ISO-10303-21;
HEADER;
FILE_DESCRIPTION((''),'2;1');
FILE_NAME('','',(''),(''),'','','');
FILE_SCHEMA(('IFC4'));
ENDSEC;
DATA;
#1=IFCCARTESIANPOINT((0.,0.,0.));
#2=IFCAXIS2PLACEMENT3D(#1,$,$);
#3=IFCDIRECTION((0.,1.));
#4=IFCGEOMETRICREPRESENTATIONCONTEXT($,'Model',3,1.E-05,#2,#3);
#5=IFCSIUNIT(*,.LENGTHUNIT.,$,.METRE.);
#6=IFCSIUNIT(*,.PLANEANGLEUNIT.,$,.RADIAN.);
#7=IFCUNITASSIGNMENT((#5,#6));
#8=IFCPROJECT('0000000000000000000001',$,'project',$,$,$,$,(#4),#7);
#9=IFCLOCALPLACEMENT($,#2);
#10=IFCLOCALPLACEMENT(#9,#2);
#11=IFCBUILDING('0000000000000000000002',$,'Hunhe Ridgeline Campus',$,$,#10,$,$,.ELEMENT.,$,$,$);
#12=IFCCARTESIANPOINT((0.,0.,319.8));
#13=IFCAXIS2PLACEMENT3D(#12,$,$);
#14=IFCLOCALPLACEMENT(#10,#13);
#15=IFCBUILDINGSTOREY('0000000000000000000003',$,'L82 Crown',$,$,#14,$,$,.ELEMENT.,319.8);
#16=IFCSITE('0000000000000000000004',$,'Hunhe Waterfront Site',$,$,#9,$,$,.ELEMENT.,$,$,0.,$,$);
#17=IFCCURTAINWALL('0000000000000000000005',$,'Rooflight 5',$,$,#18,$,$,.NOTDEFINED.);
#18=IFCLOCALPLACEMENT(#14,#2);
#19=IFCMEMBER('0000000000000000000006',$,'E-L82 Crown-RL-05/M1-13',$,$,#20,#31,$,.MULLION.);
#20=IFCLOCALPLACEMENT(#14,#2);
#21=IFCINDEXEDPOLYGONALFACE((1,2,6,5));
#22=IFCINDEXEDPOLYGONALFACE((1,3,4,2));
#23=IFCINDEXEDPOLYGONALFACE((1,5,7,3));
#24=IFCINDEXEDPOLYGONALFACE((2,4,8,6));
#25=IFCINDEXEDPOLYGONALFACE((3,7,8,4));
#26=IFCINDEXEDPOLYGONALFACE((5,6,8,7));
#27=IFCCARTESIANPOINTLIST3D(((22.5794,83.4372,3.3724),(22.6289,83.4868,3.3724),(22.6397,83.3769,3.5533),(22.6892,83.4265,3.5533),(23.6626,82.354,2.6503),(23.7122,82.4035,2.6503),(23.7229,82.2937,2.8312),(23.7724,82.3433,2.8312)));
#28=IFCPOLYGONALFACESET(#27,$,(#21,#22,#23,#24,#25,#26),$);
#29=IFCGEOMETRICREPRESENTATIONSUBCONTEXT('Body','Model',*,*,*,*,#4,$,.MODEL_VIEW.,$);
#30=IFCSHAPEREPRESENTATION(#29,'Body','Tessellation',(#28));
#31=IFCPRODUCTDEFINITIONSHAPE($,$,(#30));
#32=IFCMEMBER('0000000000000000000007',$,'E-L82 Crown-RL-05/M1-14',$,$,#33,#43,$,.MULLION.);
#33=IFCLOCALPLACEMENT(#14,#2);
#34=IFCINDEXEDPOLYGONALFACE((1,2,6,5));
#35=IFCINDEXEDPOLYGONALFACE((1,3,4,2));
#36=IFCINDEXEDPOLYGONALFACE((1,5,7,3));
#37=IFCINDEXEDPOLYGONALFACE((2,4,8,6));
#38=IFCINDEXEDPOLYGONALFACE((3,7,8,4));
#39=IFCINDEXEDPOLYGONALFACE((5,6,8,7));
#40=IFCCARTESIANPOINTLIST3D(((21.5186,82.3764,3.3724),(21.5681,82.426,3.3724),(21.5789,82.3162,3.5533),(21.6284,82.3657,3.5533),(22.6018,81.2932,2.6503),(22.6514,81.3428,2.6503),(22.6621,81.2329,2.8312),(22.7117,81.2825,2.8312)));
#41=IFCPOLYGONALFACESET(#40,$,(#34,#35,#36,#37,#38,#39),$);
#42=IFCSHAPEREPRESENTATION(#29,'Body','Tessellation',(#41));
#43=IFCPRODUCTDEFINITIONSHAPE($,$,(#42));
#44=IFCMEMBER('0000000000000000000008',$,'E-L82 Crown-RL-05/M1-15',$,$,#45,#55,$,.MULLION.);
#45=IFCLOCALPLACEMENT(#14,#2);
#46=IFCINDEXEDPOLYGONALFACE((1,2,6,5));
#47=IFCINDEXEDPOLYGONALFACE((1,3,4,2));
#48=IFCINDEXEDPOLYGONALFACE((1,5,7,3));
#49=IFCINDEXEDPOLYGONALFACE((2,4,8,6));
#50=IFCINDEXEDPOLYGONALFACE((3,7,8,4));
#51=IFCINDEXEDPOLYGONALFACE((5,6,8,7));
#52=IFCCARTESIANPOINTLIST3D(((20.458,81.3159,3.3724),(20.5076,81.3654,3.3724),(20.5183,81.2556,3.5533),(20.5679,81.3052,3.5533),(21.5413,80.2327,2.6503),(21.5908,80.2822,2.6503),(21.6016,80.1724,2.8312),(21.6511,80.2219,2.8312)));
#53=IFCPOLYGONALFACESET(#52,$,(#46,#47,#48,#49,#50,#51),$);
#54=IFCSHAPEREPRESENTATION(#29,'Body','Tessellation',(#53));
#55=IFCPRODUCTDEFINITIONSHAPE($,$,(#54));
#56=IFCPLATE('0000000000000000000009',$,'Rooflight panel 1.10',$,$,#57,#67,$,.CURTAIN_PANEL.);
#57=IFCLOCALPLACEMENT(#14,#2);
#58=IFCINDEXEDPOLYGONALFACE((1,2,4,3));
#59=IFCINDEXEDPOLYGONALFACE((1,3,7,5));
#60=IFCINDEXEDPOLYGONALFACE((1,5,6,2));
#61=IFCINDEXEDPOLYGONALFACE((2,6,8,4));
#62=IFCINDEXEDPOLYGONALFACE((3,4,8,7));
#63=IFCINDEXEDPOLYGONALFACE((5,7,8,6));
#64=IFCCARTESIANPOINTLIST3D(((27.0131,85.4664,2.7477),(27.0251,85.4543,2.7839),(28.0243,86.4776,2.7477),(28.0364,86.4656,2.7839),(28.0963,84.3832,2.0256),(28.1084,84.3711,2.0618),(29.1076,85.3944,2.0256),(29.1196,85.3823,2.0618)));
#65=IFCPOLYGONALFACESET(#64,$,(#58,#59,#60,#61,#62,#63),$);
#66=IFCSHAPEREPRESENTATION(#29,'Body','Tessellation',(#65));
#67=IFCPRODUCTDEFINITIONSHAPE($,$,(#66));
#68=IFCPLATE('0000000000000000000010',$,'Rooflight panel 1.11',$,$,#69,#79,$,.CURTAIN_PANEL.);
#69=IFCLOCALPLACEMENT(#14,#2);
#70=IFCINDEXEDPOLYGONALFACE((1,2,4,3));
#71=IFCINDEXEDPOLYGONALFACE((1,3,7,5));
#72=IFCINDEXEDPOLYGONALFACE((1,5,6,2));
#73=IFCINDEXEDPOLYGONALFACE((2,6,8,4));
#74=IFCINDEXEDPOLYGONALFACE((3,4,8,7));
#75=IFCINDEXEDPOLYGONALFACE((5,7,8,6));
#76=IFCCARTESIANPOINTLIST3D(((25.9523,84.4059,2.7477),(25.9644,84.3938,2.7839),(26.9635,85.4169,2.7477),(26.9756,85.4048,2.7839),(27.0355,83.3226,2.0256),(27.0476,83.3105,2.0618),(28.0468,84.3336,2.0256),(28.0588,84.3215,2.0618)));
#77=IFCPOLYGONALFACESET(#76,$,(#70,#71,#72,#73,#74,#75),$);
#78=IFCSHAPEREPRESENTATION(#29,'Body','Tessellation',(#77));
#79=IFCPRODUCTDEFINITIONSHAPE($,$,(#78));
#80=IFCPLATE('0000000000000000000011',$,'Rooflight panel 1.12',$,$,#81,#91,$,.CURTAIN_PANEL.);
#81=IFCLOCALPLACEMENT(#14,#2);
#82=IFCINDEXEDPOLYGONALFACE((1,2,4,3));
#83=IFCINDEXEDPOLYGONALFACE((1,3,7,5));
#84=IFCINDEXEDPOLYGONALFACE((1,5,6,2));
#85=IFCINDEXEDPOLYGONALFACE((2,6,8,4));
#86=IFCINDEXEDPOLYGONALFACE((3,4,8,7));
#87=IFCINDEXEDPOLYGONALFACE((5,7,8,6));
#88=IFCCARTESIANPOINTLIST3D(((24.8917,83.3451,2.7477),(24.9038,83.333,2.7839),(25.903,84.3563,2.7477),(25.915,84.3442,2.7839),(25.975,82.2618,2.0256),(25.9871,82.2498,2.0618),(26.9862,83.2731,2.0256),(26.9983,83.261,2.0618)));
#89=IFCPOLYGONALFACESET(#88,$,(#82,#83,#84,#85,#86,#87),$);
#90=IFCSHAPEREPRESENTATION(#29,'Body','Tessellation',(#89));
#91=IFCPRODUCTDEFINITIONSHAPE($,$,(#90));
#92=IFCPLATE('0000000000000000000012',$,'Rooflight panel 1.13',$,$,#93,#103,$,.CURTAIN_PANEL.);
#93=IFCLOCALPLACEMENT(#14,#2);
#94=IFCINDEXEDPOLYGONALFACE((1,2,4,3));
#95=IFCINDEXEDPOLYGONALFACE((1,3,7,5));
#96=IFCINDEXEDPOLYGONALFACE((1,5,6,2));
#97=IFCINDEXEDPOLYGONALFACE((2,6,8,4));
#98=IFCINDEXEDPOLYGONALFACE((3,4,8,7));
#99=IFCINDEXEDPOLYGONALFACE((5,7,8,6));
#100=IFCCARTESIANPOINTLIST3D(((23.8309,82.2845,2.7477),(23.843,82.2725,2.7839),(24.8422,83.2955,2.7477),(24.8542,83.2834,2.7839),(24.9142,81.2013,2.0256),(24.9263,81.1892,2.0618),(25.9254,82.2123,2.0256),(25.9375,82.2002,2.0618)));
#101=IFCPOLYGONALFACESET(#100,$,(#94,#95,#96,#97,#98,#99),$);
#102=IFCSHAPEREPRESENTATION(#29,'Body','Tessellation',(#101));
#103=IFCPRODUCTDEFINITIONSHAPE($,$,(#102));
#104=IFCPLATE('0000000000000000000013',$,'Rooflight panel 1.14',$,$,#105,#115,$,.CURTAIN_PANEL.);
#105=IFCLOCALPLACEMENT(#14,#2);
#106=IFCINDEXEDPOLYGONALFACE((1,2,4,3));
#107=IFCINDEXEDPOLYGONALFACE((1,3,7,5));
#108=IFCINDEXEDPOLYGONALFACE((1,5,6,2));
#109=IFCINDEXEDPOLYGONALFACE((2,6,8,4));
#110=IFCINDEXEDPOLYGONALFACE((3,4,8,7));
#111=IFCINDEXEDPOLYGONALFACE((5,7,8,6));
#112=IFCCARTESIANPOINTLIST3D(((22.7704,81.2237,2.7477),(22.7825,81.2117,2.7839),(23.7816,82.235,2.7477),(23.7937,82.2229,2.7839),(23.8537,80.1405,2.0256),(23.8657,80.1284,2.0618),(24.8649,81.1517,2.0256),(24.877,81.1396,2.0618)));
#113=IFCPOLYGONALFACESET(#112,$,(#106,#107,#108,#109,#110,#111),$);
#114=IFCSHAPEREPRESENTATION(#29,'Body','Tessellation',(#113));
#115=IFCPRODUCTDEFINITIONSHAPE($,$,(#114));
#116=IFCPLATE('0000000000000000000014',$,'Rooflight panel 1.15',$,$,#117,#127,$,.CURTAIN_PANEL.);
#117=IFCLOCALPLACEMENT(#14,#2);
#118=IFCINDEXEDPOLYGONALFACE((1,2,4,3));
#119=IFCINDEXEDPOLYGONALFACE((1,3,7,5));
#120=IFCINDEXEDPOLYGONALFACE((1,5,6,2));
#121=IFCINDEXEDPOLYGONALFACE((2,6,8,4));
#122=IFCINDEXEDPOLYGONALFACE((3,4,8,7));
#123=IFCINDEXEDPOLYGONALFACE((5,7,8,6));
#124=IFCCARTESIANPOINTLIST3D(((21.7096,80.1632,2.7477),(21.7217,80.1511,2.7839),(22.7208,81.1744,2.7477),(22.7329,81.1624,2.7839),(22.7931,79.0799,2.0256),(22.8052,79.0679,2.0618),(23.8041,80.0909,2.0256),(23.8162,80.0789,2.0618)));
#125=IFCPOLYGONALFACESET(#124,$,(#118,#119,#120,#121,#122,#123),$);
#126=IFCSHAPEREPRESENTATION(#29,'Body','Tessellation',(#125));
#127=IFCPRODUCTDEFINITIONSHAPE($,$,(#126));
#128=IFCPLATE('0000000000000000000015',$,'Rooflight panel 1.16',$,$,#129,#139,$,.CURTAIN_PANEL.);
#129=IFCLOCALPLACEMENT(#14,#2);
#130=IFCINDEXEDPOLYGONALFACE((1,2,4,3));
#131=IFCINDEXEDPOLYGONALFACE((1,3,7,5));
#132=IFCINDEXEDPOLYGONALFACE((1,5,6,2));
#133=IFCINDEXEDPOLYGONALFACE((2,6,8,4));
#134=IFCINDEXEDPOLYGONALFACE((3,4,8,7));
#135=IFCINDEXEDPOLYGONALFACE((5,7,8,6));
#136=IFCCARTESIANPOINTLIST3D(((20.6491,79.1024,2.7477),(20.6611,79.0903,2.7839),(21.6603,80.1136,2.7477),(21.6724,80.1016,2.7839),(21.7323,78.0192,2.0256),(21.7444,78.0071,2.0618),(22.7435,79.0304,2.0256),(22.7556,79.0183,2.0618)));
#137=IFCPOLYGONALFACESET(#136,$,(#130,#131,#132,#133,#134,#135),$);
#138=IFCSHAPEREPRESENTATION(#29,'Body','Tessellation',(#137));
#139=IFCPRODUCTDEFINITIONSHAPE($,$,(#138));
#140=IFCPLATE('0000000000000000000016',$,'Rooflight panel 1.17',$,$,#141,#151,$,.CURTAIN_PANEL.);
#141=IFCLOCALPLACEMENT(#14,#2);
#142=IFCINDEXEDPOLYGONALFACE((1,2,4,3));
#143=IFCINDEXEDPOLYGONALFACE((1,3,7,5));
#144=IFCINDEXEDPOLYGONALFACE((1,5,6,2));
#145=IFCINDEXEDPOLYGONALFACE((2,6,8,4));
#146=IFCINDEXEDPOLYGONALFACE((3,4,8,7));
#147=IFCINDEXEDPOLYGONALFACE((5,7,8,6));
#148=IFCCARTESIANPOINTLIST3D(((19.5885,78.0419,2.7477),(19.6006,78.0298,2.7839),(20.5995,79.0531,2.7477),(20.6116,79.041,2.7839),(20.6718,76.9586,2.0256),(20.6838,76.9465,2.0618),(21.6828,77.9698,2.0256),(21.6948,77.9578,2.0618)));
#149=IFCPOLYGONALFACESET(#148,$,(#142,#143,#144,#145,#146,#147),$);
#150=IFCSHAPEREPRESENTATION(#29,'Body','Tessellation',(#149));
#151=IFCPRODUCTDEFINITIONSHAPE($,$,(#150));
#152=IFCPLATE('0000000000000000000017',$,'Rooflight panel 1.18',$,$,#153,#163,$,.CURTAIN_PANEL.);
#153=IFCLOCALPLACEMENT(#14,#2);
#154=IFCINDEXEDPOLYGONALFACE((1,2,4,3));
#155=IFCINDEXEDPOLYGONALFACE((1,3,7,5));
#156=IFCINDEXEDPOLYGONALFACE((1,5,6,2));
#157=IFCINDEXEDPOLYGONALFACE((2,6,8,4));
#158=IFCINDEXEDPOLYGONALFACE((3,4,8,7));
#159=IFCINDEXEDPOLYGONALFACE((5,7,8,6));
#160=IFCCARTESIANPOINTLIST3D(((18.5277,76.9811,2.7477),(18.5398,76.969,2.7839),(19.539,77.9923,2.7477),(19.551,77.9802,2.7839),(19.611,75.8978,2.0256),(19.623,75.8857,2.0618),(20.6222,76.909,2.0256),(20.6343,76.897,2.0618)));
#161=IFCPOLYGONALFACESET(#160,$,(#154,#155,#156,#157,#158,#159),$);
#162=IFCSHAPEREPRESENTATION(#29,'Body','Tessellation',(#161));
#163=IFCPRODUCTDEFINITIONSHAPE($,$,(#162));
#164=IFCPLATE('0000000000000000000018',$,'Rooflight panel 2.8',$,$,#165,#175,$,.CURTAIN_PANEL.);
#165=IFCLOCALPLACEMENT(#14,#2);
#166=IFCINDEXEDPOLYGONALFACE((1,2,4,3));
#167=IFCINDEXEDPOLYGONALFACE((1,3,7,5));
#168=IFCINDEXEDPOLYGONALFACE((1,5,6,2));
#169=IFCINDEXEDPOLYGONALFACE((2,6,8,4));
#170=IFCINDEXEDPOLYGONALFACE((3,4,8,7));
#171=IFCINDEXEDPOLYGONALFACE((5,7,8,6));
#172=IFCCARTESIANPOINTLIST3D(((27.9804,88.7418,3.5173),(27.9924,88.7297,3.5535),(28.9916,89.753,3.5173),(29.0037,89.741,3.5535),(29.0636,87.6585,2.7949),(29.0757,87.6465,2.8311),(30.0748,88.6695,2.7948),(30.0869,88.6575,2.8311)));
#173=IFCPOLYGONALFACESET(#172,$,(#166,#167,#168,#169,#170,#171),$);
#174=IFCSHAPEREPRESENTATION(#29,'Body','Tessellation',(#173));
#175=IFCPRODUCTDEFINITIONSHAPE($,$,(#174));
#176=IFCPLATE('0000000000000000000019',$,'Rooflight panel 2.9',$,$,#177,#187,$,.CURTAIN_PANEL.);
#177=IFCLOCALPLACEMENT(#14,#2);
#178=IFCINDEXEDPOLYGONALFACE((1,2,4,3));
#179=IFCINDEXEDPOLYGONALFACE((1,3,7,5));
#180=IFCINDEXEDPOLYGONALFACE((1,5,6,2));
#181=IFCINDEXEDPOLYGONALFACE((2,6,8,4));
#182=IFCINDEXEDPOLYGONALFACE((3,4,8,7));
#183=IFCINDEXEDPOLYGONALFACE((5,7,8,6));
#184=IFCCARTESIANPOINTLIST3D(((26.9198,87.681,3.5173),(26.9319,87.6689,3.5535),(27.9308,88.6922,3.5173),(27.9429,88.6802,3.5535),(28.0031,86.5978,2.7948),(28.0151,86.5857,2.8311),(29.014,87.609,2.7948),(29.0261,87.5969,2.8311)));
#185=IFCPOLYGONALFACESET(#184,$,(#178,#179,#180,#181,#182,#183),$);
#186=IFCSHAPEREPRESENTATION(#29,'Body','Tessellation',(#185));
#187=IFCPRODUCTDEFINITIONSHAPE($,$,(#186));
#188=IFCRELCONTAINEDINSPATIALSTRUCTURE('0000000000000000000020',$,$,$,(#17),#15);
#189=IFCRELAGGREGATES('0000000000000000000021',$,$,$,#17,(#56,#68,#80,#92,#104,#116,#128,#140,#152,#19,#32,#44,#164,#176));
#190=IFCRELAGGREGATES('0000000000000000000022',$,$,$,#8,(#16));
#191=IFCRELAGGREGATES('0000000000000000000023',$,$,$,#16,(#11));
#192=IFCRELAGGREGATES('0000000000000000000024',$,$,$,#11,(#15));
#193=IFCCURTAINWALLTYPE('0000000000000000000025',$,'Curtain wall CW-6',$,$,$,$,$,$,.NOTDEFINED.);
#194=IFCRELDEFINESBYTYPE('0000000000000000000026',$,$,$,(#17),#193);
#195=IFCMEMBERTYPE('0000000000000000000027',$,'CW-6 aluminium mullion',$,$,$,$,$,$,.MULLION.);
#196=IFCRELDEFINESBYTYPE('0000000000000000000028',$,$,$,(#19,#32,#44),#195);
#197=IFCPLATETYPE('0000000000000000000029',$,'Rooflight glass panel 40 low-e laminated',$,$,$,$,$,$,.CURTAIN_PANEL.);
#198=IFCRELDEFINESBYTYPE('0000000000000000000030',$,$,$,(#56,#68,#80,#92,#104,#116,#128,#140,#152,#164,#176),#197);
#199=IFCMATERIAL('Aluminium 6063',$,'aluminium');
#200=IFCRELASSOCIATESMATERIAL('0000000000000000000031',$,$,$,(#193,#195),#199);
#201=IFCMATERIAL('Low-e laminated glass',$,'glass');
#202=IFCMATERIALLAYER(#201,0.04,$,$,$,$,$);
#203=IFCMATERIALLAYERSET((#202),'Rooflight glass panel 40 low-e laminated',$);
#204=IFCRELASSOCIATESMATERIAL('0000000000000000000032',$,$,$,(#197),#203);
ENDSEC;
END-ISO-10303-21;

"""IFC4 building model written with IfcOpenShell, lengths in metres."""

from ifc_helpers import new_model, si_unit, direction, frame, origin, origin_2d, place, context, subcontext, project, spatial, polyline, rectangle, outline, extrude, material, layer, layer_set, material_profile, profile_set, type_object, element, aggregate, save


model = new_model("IFC4")

# Units and contexts
model_context = context("Model", 3, precision=1e-05, world=origin(), true_north=direction((0.0, 1.0)))
body_context = subcontext(model_context, "Body", "Model", "MODEL_VIEW")
ifc_project = project(units=[si_unit("LENGTHUNIT", "METRE"), si_unit("PLANEANGLEUNIT", "RADIAN")], contexts=[model_context])

# Site, building, storey
site_placement = place(None, origin())
site = spatial("IfcSite", under=ifc_project, at=site_placement, Name="Hunhe Waterfront Site", CompositionType="ELEMENT", RefElevation=0.0)
building_placement = place(site_placement, origin())
building = spatial("IfcBuilding", under=site, at=building_placement, Name="Hunhe Ridgeline Campus", CompositionType="ELEMENT")
storey_placement = place(building_placement, frame((0.0, 0.0, 319.8)))
storey = spatial("IfcBuildingStorey", under=building, at=storey_placement, Name="L82 Crown", CompositionType="ELEMENT", Elevation=319.8)

# Curtain wall, members, plates
ifc_material_1 = material(Name="Aluminium 6063", Category="aluminium")
curtain_wall_type = type_object("IfcCurtainWallType", Name="Curtain wall CW-6", PredefinedType="NOTDEFINED", material=ifc_material_1)
curtain_wall_placement = place(storey_placement, origin())
curtain_wall = element("IfcCurtainWall", 1, at=curtain_wall_placement, inside=storey, type_object=curtain_wall_type, Name="Rooflight 5", PredefinedType="NOTDEFINED")
ifc_material_profile = material_profile(ifc_material_1, rectangle(XDim=0.0701, YDim=0.2, at=origin_2d()))
ifc_profile_set = profile_set([ifc_material_profile], Name="Aluminium 6063")
member_type = type_object("IfcMemberType", Name="CW-6 aluminium mullion", PredefinedType="MULLION", material=ifc_profile_set)
member_1_placement = place(storey_placement, frame((23.7175, 82.3486, 2.7407), z_axis=(-0.639602, 0.639602, 0.426401), x_axis=(-0.707107, -0.707107, 0.0)))
member_1 = element("IfcMember", 2, at=member_1_placement, type_object=member_type, Name="E-L82 Crown-RL-05/M1-13", PredefinedType="MULLION", context=body_context, shape_type="SweptSolid", body=[
    extrude(rectangle(XDim=0.0701, YDim=0.2, at=origin_2d()), origin(), (0.0, 0.0, 1.0), 1.6936),
])
member_2_placement = place(storey_placement, frame((22.6567, 81.2878, 2.7407), z_axis=(-0.639602, 0.639602, 0.426401), x_axis=(-0.707107, -0.707107, 0.0)))
member_2 = element("IfcMember", 3, at=member_2_placement, type_object=member_type, Name="E-L82 Crown-RL-05/M1-14", PredefinedType="MULLION", context=body_context, shape_type="SweptSolid", body=[
    extrude(rectangle(XDim=0.0701, YDim=0.2, at=origin_2d()), origin(), (0.0, 0.0, 1.0), 1.6936),
])
member_3_placement = place(storey_placement, frame((21.5962, 80.2273, 2.7407), z_axis=(-0.639602, 0.639602, 0.426401), x_axis=(-0.707107, -0.707107, 0.0)))
member_3 = element("IfcMember", 4, at=member_3_placement, type_object=member_type, Name="E-L82 Crown-RL-05/M1-15", PredefinedType="MULLION", context=body_context, shape_type="SweptSolid", body=[
    extrude(rectangle(XDim=0.0701, YDim=0.2, at=origin_2d()), origin(), (0.0, 0.0, 1.0), 1.6936),
])
ifc_material_2 = material(Name="Low-e laminated glass", Category="glass")
ifc_layer = layer(ifc_material_2, 0.04)
ifc_layer_set = layer_set([ifc_layer], Name="Rooflight glass panel 40 low-e laminated")
plate_type = type_object("IfcPlateType", Name="Rooflight glass panel 40 low-e laminated", PredefinedType="CURTAIN_PANEL", material=ifc_layer_set)
plate_1_placement = place(storey_placement, frame((29.1196, 85.3823, 2.0618), z_axis=(0.301511, -0.301511, 0.904534), x_axis=(-0.639602, 0.639602, 0.426401)))
plate_1 = element("IfcPlate", 5, at=plate_1_placement, type_object=plate_type, Name="Rooflight panel 1.10", PredefinedType="CURTAIN_PANEL", context=body_context, shape_type="SweptSolid", body=[
    extrude(outline(polyline([(0.0, 0.0), (1.6936, 0.0), (1.6936, 1.4301), (0.0, 1.4301), (0.0, 0.0)])), origin(), (0.0, 0.0, -1.0), 0.04),
])
plate_2_placement = place(storey_placement, frame((28.0588, 84.3215, 2.0618), z_axis=(0.301475, -0.301548, 0.904534), x_axis=(-0.639602, 0.639602, 0.426401)))
plate_2 = element("IfcPlate", 6, at=plate_2_placement, type_object=plate_type, Name="Rooflight panel 1.11", PredefinedType="CURTAIN_PANEL", context=body_context, shape_type="SweptSolid", body=[
    extrude(outline(polyline([(0.0, 0.0), (1.6936, 0.0), (1.6938, 1.4299), (0.0002, 1.4299), (0.0, 0.0)])), origin(), (0.0, 0.0, -1.0), 0.04),
])
plate_3_placement = place(storey_placement, frame((26.9983, 83.261, 2.0618), z_axis=(0.301511, -0.301511, 0.904534), x_axis=(-0.639602, 0.639602, 0.426401)))
plate_3 = element("IfcPlate", 7, at=plate_3_placement, type_object=plate_type, Name="Rooflight panel 1.12", PredefinedType="CURTAIN_PANEL", context=body_context, shape_type="SweptSolid", body=[
    extrude(outline(polyline([(0.0, 0.0), (1.6936, 0.0), (1.6936, 1.4301), (0.0, 1.4301), (0.0, 0.0)])), origin(), (0.0, 0.0, -1.0), 0.04),
])
plate_4_placement = place(storey_placement, frame((25.9375, 82.2002, 2.0618), z_axis=(0.301475, -0.301548, 0.904534), x_axis=(-0.639602, 0.639602, 0.426401)))
plate_4 = element("IfcPlate", 8, at=plate_4_placement, type_object=plate_type, Name="Rooflight panel 1.13", PredefinedType="CURTAIN_PANEL", context=body_context, shape_type="SweptSolid", body=[
    extrude(outline(polyline([(0.0, 0.0), (1.6936, 0.0), (1.6938, 1.4299), (0.0002, 1.4299), (0.0, 0.0)])), origin(), (0.0, 0.0, -1.0), 0.04),
])
plate_5_placement = place(storey_placement, frame((24.877, 81.1396, 2.0618), z_axis=(0.301511, -0.301511, 0.904534), x_axis=(-0.639602, 0.639602, 0.426401)))
plate_5 = element("IfcPlate", 9, at=plate_5_placement, type_object=plate_type, Name="Rooflight panel 1.14", PredefinedType="CURTAIN_PANEL", context=body_context, shape_type="SweptSolid", body=[
    extrude(outline(polyline([(0.0, 0.0), (1.6936, 0.0), (1.6936, 1.4301), (0.0, 1.4301), (0.0, 0.0)])), origin(), (0.0, 0.0, -1.0), 0.04),
])
plate_6_placement = place(storey_placement, frame((23.8162, 80.0789, 2.0618), z_axis=(0.301484, -0.301484, 0.904553), x_axis=(-0.639543, 0.639687, 0.426362)))
plate_6 = element("IfcPlate", 10, at=plate_6_placement, type_object=plate_type, Name="Rooflight panel 1.15", PredefinedType="CURTAIN_PANEL", context=body_context, shape_type="SweptSolid", body=[
    extrude(outline(polyline([(0.0, 0.0), (1.6938, 0.0), (1.6936, 1.4301), (-0.0001, 1.4298), (0.0, 0.0)])), origin(), (0.0, 0.0, -1.0), 0.04),
])
plate_7_placement = place(storey_placement, frame((22.7556, 79.0183, 2.0618), z_axis=(0.301511, -0.301511, 0.904534), x_axis=(-0.639602, 0.639602, 0.426401)))
plate_7 = element("IfcPlate", 11, at=plate_7_placement, type_object=plate_type, Name="Rooflight panel 1.16", PredefinedType="CURTAIN_PANEL", context=body_context, shape_type="SweptSolid", body=[
    extrude(outline(polyline([(0.0, 0.0), (1.6936, 0.0), (1.6936, 1.4301), (0.0, 1.4301), (0.0, 0.0)])), origin(), (0.0, 0.0, -1.0), 0.04),
])
plate_8_placement = place(storey_placement, frame((21.6948, 77.9578, 2.0618), z_axis=(0.301548, -0.301475, 0.904534), x_axis=(-0.639602, 0.639602, 0.426401)))
plate_8 = element("IfcPlate", 12, at=plate_8_placement, type_object=plate_type, Name="Rooflight panel 1.17", PredefinedType="CURTAIN_PANEL", context=body_context, shape_type="SweptSolid", body=[
    extrude(outline(polyline([(0.0, 0.0), (1.6936, 0.0), (1.6935, 1.4299), (-0.0002, 1.4299), (0.0, 0.0)])), origin(), (0.0, 0.0, -1.0), 0.04),
])
plate_9_placement = place(storey_placement, frame((20.6343, 76.897, 2.0618), z_axis=(0.301511, -0.301511, 0.904534), x_axis=(-0.639602, 0.639602, 0.426401)))
plate_9 = element("IfcPlate", 13, at=plate_9_placement, type_object=plate_type, Name="Rooflight panel 1.18", PredefinedType="CURTAIN_PANEL", context=body_context, shape_type="SweptSolid", body=[
    extrude(outline(polyline([(0.0, 0.0), (1.6936, 0.0), (1.6936, 1.4301), (0.0, 1.4301), (0.0, 0.0)])), origin(), (0.0, 0.0, -1.0), 0.04),
])
plate_10_placement = place(storey_placement, frame((30.0869, 88.6575, 2.8311), z_axis=(0.301563, -0.301599, 0.904488), x_axis=(-0.639497, 0.639641, 0.4265)))
plate_10 = element("IfcPlate", 14, at=plate_10_placement, type_object=plate_type, Name="Rooflight panel 2.8", PredefinedType="CURTAIN_PANEL", context=body_context, shape_type="SweptSolid", body=[
    extrude(outline(polyline([(0.0, 0.0), (1.6939, 0.0), (1.6937, 1.4301), (0.0, 1.4299), (0.0, 0.0)])), origin(), (0.0, 0.0, -1.0), 0.04),
])
plate_11_placement = place(storey_placement, frame((29.0261, 87.5969, 2.8311), z_axis=(0.301631, -0.301558, 0.904478), x_axis=(-0.639563, 0.639563, 0.426519)))
plate_11 = element("IfcPlate", 15, at=plate_11_placement, type_object=plate_type, Name="Rooflight panel 2.9", PredefinedType="CURTAIN_PANEL", context=body_context, shape_type="SweptSolid", body=[
    extrude(outline(polyline([(0.0, 0.0), (1.6937, 0.0), (1.6936, 1.4299), (-0.0002, 1.4299), (0.0, 0.0)])), origin(), (0.0, 0.0, -1.0), 0.04),
])
aggregate(curtain_wall, [plate_1, plate_2, plate_3, plate_4, plate_5, plate_6, plate_7, plate_8, plate_9, member_1, member_2, member_3, plate_10, plate_11])

save(model, "model.ifc")
